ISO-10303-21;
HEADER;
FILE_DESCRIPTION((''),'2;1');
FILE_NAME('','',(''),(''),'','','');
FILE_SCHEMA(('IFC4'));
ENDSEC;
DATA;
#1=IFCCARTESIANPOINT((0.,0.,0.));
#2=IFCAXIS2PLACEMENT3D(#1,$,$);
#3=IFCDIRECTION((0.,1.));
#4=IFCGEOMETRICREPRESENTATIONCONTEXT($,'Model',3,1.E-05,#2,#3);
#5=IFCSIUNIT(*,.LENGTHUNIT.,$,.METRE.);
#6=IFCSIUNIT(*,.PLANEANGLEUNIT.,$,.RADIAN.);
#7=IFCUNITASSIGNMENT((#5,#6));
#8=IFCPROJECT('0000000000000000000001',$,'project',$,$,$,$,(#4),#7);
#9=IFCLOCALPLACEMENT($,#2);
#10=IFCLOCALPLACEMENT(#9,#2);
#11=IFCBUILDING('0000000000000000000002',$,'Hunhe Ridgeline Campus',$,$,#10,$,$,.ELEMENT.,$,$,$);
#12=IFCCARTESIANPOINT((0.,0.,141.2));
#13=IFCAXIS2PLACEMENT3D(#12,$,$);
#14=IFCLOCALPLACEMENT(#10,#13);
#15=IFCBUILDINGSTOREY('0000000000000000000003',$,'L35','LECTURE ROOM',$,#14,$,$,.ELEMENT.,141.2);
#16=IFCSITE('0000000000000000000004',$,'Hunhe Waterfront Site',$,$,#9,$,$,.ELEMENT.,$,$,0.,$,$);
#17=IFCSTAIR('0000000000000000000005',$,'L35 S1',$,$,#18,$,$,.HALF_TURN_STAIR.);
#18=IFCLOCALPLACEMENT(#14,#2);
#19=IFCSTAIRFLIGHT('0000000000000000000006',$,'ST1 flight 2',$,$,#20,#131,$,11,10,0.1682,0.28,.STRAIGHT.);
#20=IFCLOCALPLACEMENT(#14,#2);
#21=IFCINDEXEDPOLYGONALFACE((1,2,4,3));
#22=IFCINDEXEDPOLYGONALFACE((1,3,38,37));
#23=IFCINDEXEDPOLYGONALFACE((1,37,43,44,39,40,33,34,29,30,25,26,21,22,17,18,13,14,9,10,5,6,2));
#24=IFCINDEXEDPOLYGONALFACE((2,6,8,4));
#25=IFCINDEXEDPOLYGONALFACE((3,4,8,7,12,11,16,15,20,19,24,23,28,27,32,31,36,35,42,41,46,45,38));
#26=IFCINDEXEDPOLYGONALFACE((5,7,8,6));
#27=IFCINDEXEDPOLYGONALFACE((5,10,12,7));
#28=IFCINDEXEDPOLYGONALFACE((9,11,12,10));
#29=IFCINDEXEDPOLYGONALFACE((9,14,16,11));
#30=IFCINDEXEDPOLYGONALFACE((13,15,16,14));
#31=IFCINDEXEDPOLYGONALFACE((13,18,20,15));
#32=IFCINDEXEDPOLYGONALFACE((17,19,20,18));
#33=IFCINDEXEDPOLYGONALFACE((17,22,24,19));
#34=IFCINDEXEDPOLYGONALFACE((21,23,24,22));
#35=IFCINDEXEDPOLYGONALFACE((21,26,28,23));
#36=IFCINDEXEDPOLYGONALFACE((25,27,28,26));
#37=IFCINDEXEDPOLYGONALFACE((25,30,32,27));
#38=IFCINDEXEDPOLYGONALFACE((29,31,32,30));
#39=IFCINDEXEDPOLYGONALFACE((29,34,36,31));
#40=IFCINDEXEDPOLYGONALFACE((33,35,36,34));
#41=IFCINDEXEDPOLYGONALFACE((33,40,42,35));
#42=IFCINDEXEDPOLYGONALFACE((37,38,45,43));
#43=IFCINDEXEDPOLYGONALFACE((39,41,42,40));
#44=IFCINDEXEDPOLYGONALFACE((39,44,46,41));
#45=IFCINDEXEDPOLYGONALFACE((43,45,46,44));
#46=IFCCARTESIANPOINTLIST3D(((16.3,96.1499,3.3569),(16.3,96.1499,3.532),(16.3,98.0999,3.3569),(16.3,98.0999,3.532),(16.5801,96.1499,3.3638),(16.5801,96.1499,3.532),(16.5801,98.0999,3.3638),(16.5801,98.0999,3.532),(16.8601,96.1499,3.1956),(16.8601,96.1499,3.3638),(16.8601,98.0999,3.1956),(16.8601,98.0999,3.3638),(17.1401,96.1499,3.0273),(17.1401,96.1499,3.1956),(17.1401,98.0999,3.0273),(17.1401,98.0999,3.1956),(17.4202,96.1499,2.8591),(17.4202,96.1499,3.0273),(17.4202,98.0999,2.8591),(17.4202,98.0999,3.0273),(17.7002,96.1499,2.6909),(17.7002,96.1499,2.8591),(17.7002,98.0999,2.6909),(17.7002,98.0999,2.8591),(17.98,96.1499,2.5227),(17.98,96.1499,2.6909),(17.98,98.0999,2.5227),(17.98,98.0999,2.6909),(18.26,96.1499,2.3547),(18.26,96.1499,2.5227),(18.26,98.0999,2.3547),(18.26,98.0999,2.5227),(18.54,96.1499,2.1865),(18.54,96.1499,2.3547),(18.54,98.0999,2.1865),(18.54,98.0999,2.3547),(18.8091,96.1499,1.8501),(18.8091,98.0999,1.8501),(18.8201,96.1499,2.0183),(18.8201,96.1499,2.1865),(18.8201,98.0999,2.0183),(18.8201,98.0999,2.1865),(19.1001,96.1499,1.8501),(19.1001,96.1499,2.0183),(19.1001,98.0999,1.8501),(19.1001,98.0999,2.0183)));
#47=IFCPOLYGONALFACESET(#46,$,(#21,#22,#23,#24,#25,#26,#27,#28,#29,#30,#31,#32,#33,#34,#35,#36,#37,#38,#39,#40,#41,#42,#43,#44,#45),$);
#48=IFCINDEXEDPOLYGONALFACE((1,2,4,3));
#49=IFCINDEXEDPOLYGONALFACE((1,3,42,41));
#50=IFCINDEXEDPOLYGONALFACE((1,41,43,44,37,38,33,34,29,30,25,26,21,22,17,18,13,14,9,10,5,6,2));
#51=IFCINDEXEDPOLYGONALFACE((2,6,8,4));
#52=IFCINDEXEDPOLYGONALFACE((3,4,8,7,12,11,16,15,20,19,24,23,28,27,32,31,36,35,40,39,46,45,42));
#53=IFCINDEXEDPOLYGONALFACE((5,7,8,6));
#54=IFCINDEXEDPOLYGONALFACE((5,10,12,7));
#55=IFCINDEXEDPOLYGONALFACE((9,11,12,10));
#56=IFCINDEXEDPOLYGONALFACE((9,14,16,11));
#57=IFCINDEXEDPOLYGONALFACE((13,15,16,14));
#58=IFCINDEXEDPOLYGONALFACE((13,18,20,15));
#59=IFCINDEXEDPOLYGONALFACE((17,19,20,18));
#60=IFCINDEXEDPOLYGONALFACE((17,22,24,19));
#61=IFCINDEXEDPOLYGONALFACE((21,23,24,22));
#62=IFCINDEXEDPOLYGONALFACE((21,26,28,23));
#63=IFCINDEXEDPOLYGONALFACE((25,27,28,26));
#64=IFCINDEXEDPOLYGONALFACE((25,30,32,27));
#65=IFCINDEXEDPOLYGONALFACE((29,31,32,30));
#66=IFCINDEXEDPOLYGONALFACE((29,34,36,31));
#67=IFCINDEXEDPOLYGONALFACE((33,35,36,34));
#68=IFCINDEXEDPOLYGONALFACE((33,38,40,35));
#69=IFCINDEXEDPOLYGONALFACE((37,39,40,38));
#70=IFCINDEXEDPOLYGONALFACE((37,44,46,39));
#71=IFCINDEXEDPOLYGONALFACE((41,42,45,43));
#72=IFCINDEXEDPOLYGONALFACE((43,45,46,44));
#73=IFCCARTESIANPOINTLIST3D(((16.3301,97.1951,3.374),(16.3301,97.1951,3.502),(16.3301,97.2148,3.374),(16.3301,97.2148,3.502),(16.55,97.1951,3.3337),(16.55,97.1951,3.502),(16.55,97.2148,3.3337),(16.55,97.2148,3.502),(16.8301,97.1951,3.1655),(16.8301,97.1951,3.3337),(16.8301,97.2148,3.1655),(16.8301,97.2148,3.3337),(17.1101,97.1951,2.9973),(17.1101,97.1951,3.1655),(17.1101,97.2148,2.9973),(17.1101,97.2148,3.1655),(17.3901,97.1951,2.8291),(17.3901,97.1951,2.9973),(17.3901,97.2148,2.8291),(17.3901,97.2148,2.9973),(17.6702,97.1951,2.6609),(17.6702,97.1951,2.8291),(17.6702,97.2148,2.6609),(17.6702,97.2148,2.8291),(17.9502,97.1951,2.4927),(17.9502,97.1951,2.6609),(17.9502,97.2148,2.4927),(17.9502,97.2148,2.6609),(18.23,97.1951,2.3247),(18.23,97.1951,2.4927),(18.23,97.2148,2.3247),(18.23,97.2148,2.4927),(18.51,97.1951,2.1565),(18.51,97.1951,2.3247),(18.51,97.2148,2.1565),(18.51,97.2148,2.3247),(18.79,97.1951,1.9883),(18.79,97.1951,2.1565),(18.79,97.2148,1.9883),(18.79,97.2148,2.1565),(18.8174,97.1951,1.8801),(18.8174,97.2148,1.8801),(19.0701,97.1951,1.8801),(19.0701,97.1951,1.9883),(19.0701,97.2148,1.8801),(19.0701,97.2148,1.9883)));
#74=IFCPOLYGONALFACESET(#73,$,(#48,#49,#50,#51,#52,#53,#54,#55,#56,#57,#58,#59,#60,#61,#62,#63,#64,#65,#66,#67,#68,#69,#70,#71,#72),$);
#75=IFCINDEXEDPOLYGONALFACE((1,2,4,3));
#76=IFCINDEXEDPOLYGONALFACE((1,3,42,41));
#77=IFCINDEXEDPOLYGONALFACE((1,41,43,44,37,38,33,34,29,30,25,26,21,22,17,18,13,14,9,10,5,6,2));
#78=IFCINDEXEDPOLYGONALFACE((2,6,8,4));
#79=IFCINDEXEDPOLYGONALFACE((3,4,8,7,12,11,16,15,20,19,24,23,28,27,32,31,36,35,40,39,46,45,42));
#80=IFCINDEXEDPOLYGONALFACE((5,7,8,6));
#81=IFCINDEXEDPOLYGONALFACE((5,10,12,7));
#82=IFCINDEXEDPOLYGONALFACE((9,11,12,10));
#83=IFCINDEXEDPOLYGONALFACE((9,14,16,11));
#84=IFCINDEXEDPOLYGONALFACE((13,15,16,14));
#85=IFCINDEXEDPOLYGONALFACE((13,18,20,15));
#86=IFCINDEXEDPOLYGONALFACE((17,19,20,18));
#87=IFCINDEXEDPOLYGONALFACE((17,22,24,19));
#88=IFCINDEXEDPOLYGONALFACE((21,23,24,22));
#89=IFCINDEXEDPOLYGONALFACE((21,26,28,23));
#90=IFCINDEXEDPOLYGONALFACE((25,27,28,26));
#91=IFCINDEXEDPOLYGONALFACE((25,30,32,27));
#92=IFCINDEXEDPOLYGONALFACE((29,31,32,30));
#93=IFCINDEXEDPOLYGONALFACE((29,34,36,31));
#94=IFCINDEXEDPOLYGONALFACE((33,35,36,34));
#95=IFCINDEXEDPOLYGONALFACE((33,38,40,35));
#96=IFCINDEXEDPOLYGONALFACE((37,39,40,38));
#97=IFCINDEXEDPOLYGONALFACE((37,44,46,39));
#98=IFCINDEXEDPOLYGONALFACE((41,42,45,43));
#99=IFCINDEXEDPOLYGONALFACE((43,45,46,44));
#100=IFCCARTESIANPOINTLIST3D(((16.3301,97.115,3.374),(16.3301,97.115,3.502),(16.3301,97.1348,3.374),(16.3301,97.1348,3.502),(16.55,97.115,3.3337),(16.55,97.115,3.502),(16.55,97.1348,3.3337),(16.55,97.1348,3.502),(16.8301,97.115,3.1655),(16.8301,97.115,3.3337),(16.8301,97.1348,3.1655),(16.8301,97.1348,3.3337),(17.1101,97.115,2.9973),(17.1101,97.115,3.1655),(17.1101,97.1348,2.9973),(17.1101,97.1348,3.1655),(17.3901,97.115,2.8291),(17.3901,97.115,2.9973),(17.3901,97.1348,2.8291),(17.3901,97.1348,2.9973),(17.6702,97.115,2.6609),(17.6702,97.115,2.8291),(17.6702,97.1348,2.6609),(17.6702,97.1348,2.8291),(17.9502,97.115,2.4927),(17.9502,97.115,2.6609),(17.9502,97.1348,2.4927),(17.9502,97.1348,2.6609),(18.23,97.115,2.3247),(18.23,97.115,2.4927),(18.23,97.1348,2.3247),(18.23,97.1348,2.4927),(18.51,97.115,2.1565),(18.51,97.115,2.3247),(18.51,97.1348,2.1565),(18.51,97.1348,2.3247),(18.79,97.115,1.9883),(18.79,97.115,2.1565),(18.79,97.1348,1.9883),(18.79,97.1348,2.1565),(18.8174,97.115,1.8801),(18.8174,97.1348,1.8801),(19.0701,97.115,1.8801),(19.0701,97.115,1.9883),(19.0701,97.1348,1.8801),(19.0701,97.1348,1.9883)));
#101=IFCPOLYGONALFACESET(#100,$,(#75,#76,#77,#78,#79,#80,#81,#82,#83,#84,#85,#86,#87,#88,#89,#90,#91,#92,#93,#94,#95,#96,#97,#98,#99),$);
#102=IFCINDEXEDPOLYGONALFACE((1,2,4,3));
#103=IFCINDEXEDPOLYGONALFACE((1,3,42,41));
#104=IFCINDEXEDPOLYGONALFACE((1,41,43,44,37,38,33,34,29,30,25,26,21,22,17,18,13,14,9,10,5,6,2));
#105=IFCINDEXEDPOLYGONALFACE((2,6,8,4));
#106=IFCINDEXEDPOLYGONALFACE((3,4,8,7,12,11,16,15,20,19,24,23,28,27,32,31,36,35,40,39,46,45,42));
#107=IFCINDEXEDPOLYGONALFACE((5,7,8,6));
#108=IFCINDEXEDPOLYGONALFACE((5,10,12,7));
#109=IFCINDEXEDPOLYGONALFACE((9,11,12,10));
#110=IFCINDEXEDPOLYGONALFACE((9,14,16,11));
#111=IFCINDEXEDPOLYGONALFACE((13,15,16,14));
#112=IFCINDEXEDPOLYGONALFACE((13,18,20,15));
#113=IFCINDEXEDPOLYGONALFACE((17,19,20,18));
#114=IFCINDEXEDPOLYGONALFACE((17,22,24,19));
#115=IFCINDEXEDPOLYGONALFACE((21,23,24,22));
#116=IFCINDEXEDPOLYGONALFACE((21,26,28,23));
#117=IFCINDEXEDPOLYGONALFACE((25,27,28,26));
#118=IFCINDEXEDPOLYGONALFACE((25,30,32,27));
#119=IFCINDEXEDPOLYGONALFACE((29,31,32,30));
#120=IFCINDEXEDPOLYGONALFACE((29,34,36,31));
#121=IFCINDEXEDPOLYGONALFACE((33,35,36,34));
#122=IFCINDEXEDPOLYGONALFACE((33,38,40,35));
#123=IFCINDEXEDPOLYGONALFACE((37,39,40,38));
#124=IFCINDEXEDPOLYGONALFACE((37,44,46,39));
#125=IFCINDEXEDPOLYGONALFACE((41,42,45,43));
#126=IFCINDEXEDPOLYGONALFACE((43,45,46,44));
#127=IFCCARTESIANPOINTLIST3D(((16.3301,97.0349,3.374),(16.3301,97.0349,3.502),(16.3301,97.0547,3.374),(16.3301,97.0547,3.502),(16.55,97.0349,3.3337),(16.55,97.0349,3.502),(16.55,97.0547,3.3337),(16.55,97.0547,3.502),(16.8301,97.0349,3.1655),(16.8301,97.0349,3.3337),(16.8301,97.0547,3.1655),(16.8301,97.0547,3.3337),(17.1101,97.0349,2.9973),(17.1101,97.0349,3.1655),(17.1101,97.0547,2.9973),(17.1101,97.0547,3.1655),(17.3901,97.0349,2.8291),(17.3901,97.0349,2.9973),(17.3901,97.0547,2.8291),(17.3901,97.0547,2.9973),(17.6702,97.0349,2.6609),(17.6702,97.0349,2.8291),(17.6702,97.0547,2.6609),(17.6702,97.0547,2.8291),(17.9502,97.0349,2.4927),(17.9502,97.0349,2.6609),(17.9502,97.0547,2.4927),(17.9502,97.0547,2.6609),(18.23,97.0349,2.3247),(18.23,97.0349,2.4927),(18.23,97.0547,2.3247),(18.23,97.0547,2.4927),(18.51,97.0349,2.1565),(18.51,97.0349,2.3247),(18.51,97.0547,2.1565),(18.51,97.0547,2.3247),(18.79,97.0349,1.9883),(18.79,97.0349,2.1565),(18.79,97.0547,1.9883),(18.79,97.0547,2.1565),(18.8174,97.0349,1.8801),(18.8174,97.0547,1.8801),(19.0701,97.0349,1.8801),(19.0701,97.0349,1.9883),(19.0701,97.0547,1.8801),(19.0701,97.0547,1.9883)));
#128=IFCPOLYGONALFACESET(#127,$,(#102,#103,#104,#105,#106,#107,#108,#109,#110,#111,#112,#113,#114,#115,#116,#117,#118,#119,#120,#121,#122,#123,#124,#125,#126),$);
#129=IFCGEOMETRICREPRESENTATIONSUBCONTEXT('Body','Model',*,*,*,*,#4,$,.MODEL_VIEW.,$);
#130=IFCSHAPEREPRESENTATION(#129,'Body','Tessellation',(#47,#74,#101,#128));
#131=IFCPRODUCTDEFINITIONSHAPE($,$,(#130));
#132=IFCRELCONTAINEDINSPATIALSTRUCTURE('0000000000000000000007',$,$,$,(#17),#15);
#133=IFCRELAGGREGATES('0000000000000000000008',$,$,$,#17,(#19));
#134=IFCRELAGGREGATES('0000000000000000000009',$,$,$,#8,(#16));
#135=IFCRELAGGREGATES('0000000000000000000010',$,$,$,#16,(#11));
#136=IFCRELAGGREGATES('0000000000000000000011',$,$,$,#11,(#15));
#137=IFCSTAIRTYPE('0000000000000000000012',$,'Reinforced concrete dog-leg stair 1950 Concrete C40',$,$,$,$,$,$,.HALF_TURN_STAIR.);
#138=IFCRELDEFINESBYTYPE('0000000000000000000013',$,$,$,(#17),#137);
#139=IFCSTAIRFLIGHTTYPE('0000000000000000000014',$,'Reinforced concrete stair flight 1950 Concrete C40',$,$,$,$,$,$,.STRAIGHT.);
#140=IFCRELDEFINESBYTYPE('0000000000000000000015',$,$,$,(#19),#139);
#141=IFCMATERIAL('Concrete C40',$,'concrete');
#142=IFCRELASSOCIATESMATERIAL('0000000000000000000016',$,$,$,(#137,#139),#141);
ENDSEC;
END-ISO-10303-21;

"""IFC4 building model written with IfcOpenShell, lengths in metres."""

from ifc_helpers import new_model, si_unit, direction, frame, origin, place, context, subcontext, project, spatial, polyline, outline, extrude, material, type_object, element, aggregate, save


model = new_model("IFC4")

# Units and contexts
model_context = context("Model", 3, precision=1e-05, world=origin(), true_north=direction((0.0, 1.0)))
body_context = subcontext(model_context, "Body", "Model", "MODEL_VIEW")
ifc_project = project(units=[si_unit("LENGTHUNIT", "METRE"), si_unit("PLANEANGLEUNIT", "RADIAN")], contexts=[model_context])

# Site, building, storey
site_placement = place(None, origin())
site = spatial("IfcSite", under=ifc_project, at=site_placement, Name="Hunhe Waterfront Site", CompositionType="ELEMENT", RefElevation=0.0)
building_placement = place(site_placement, origin())
building = spatial("IfcBuilding", under=site, at=building_placement, Name="Hunhe Ridgeline Campus", CompositionType="ELEMENT")
storey_placement = place(building_placement, frame((0.0, 0.0, 141.2)))
storey = spatial("IfcBuildingStorey", under=building, at=storey_placement, Name="L35", Description="LECTURE ROOM", CompositionType="ELEMENT", Elevation=141.2)

# Stair, stair flight
ifc_material_1 = material(Name="Concrete C40", Category="concrete")
stair_type = type_object("IfcStairType", Name="Reinforced concrete dog-leg stair 1950 Concrete C40", PredefinedType="HALF_TURN_STAIR", material=ifc_material_1)
stair_1_placement = place(storey_placement, origin())
stair_1 = element("IfcStair", 1, at=stair_1_placement, inside=storey, type_object=stair_type, Name="L35 S1", PredefinedType="HALF_TURN_STAIR")
stair_flight_type = type_object("IfcStairFlightType", Name="Reinforced concrete stair flight 1950 Concrete C40", PredefinedType="STRAIGHT", material=ifc_material_1)
stair_flight_1_placement = place(storey_placement, frame((19.1001, 97.125, 1.8501), z_axis=(0.0, 0.0, 1.0), x_axis=(-1.0, 0.0, 0.0)))
stair_flight_1 = element("IfcStairFlight", 2, at=stair_flight_1_placement, type_object=stair_flight_type, Name="ST1 flight 2", NumberOfRisers=11, NumberOfTreads=10, PredefinedType="STRAIGHT", RiserHeight=0.1682, TreadLength=0.28, context=body_context, shape_type="SweptSolid", body=[
    extrude(outline(polyline([(0.0, 0.0), (0.0, 0.1682), (0.28, 0.1682), (0.28, 0.3364), (0.5601, 0.3364), (0.5601, 0.5046), (0.8401, 0.5046), (0.8401, 0.6726), (1.1201, 0.6726), (1.1201, 0.8408), (1.3999, 0.8408), (1.3999, 1.009), (1.6799, 1.009), (1.6799, 1.1772), (1.96, 1.1772), (1.96, 1.3455), (2.24, 1.3455), (2.24, 1.5137), (2.52, 1.5137), (2.52, 1.6819), (2.8, 1.6819), (2.8, 1.8501), (2.8, 1.5068), (0.291, 0.0), (0.0, 0.0)])), frame((0.0, 0.9751, 0.0), z_axis=(0.0, -1.0, 0.0), x_axis=(1.0, 0.0, 0.0)), (0.0, 0.0, 1.0), 1.95),
    extrude(outline(polyline([(0.03, 0.03), (0.03, 0.1382), (0.3101, 0.1382), (0.3101, 0.3064), (0.5901, 0.3064), (0.5901, 0.4746), (0.8701, 0.4746), (0.8701, 0.6426), (1.1499, 0.6426), (1.1499, 0.8108), (1.4299, 0.8108), (1.4299, 0.979), (1.71, 0.979), (1.71, 1.1472), (1.99, 1.1472), (1.99, 1.3154), (2.27, 1.3154), (2.27, 1.4836), (2.55, 1.4836), (2.55, 1.6519), (2.77, 1.6519), (2.77, 1.5239), (0.2827, 0.03), (0.03, 0.03)])), frame((0.0, -0.0701, 0.0), z_axis=(0.0, -1.0, 0.0), x_axis=(1.0, 0.0, 0.0)), (0.0, 0.0, 1.0), 0.0198),
    extrude(outline(polyline([(0.03, 0.03), (0.03, 0.1382), (0.3101, 0.1382), (0.3101, 0.3064), (0.5901, 0.3064), (0.5901, 0.4746), (0.8701, 0.4746), (0.8701, 0.6426), (1.1499, 0.6426), (1.1499, 0.8108), (1.4299, 0.8108), (1.4299, 0.979), (1.71, 0.979), (1.71, 1.1472), (1.99, 1.1472), (1.99, 1.3154), (2.27, 1.3154), (2.27, 1.4836), (2.55, 1.4836), (2.55, 1.6519), (2.77, 1.6519), (2.77, 1.5239), (0.2827, 0.03), (0.03, 0.03)])), frame((0.0, 0.01, 0.0), z_axis=(0.0, -1.0, 0.0), x_axis=(1.0, 0.0, 0.0)), (0.0, 0.0, 1.0), 0.0198),
    extrude(outline(polyline([(0.03, 0.03), (0.03, 0.1382), (0.3101, 0.1382), (0.3101, 0.3064), (0.5901, 0.3064), (0.5901, 0.4746), (0.8701, 0.4746), (0.8701, 0.6426), (1.1499, 0.6426), (1.1499, 0.8108), (1.4299, 0.8108), (1.4299, 0.979), (1.71, 0.979), (1.71, 1.1472), (1.99, 1.1472), (1.99, 1.3154), (2.27, 1.3154), (2.27, 1.4836), (2.55, 1.4836), (2.55, 1.6519), (2.77, 1.6519), (2.77, 1.5239), (0.2827, 0.03), (0.03, 0.03)])), frame((0.0, 0.0901, 0.0), z_axis=(0.0, -1.0, 0.0), x_axis=(1.0, 0.0, 0.0)), (0.0, 0.0, 1.0), 0.0198),
])
aggregate(stair_1, [stair_flight_1])

save(model, "model.ifc")
